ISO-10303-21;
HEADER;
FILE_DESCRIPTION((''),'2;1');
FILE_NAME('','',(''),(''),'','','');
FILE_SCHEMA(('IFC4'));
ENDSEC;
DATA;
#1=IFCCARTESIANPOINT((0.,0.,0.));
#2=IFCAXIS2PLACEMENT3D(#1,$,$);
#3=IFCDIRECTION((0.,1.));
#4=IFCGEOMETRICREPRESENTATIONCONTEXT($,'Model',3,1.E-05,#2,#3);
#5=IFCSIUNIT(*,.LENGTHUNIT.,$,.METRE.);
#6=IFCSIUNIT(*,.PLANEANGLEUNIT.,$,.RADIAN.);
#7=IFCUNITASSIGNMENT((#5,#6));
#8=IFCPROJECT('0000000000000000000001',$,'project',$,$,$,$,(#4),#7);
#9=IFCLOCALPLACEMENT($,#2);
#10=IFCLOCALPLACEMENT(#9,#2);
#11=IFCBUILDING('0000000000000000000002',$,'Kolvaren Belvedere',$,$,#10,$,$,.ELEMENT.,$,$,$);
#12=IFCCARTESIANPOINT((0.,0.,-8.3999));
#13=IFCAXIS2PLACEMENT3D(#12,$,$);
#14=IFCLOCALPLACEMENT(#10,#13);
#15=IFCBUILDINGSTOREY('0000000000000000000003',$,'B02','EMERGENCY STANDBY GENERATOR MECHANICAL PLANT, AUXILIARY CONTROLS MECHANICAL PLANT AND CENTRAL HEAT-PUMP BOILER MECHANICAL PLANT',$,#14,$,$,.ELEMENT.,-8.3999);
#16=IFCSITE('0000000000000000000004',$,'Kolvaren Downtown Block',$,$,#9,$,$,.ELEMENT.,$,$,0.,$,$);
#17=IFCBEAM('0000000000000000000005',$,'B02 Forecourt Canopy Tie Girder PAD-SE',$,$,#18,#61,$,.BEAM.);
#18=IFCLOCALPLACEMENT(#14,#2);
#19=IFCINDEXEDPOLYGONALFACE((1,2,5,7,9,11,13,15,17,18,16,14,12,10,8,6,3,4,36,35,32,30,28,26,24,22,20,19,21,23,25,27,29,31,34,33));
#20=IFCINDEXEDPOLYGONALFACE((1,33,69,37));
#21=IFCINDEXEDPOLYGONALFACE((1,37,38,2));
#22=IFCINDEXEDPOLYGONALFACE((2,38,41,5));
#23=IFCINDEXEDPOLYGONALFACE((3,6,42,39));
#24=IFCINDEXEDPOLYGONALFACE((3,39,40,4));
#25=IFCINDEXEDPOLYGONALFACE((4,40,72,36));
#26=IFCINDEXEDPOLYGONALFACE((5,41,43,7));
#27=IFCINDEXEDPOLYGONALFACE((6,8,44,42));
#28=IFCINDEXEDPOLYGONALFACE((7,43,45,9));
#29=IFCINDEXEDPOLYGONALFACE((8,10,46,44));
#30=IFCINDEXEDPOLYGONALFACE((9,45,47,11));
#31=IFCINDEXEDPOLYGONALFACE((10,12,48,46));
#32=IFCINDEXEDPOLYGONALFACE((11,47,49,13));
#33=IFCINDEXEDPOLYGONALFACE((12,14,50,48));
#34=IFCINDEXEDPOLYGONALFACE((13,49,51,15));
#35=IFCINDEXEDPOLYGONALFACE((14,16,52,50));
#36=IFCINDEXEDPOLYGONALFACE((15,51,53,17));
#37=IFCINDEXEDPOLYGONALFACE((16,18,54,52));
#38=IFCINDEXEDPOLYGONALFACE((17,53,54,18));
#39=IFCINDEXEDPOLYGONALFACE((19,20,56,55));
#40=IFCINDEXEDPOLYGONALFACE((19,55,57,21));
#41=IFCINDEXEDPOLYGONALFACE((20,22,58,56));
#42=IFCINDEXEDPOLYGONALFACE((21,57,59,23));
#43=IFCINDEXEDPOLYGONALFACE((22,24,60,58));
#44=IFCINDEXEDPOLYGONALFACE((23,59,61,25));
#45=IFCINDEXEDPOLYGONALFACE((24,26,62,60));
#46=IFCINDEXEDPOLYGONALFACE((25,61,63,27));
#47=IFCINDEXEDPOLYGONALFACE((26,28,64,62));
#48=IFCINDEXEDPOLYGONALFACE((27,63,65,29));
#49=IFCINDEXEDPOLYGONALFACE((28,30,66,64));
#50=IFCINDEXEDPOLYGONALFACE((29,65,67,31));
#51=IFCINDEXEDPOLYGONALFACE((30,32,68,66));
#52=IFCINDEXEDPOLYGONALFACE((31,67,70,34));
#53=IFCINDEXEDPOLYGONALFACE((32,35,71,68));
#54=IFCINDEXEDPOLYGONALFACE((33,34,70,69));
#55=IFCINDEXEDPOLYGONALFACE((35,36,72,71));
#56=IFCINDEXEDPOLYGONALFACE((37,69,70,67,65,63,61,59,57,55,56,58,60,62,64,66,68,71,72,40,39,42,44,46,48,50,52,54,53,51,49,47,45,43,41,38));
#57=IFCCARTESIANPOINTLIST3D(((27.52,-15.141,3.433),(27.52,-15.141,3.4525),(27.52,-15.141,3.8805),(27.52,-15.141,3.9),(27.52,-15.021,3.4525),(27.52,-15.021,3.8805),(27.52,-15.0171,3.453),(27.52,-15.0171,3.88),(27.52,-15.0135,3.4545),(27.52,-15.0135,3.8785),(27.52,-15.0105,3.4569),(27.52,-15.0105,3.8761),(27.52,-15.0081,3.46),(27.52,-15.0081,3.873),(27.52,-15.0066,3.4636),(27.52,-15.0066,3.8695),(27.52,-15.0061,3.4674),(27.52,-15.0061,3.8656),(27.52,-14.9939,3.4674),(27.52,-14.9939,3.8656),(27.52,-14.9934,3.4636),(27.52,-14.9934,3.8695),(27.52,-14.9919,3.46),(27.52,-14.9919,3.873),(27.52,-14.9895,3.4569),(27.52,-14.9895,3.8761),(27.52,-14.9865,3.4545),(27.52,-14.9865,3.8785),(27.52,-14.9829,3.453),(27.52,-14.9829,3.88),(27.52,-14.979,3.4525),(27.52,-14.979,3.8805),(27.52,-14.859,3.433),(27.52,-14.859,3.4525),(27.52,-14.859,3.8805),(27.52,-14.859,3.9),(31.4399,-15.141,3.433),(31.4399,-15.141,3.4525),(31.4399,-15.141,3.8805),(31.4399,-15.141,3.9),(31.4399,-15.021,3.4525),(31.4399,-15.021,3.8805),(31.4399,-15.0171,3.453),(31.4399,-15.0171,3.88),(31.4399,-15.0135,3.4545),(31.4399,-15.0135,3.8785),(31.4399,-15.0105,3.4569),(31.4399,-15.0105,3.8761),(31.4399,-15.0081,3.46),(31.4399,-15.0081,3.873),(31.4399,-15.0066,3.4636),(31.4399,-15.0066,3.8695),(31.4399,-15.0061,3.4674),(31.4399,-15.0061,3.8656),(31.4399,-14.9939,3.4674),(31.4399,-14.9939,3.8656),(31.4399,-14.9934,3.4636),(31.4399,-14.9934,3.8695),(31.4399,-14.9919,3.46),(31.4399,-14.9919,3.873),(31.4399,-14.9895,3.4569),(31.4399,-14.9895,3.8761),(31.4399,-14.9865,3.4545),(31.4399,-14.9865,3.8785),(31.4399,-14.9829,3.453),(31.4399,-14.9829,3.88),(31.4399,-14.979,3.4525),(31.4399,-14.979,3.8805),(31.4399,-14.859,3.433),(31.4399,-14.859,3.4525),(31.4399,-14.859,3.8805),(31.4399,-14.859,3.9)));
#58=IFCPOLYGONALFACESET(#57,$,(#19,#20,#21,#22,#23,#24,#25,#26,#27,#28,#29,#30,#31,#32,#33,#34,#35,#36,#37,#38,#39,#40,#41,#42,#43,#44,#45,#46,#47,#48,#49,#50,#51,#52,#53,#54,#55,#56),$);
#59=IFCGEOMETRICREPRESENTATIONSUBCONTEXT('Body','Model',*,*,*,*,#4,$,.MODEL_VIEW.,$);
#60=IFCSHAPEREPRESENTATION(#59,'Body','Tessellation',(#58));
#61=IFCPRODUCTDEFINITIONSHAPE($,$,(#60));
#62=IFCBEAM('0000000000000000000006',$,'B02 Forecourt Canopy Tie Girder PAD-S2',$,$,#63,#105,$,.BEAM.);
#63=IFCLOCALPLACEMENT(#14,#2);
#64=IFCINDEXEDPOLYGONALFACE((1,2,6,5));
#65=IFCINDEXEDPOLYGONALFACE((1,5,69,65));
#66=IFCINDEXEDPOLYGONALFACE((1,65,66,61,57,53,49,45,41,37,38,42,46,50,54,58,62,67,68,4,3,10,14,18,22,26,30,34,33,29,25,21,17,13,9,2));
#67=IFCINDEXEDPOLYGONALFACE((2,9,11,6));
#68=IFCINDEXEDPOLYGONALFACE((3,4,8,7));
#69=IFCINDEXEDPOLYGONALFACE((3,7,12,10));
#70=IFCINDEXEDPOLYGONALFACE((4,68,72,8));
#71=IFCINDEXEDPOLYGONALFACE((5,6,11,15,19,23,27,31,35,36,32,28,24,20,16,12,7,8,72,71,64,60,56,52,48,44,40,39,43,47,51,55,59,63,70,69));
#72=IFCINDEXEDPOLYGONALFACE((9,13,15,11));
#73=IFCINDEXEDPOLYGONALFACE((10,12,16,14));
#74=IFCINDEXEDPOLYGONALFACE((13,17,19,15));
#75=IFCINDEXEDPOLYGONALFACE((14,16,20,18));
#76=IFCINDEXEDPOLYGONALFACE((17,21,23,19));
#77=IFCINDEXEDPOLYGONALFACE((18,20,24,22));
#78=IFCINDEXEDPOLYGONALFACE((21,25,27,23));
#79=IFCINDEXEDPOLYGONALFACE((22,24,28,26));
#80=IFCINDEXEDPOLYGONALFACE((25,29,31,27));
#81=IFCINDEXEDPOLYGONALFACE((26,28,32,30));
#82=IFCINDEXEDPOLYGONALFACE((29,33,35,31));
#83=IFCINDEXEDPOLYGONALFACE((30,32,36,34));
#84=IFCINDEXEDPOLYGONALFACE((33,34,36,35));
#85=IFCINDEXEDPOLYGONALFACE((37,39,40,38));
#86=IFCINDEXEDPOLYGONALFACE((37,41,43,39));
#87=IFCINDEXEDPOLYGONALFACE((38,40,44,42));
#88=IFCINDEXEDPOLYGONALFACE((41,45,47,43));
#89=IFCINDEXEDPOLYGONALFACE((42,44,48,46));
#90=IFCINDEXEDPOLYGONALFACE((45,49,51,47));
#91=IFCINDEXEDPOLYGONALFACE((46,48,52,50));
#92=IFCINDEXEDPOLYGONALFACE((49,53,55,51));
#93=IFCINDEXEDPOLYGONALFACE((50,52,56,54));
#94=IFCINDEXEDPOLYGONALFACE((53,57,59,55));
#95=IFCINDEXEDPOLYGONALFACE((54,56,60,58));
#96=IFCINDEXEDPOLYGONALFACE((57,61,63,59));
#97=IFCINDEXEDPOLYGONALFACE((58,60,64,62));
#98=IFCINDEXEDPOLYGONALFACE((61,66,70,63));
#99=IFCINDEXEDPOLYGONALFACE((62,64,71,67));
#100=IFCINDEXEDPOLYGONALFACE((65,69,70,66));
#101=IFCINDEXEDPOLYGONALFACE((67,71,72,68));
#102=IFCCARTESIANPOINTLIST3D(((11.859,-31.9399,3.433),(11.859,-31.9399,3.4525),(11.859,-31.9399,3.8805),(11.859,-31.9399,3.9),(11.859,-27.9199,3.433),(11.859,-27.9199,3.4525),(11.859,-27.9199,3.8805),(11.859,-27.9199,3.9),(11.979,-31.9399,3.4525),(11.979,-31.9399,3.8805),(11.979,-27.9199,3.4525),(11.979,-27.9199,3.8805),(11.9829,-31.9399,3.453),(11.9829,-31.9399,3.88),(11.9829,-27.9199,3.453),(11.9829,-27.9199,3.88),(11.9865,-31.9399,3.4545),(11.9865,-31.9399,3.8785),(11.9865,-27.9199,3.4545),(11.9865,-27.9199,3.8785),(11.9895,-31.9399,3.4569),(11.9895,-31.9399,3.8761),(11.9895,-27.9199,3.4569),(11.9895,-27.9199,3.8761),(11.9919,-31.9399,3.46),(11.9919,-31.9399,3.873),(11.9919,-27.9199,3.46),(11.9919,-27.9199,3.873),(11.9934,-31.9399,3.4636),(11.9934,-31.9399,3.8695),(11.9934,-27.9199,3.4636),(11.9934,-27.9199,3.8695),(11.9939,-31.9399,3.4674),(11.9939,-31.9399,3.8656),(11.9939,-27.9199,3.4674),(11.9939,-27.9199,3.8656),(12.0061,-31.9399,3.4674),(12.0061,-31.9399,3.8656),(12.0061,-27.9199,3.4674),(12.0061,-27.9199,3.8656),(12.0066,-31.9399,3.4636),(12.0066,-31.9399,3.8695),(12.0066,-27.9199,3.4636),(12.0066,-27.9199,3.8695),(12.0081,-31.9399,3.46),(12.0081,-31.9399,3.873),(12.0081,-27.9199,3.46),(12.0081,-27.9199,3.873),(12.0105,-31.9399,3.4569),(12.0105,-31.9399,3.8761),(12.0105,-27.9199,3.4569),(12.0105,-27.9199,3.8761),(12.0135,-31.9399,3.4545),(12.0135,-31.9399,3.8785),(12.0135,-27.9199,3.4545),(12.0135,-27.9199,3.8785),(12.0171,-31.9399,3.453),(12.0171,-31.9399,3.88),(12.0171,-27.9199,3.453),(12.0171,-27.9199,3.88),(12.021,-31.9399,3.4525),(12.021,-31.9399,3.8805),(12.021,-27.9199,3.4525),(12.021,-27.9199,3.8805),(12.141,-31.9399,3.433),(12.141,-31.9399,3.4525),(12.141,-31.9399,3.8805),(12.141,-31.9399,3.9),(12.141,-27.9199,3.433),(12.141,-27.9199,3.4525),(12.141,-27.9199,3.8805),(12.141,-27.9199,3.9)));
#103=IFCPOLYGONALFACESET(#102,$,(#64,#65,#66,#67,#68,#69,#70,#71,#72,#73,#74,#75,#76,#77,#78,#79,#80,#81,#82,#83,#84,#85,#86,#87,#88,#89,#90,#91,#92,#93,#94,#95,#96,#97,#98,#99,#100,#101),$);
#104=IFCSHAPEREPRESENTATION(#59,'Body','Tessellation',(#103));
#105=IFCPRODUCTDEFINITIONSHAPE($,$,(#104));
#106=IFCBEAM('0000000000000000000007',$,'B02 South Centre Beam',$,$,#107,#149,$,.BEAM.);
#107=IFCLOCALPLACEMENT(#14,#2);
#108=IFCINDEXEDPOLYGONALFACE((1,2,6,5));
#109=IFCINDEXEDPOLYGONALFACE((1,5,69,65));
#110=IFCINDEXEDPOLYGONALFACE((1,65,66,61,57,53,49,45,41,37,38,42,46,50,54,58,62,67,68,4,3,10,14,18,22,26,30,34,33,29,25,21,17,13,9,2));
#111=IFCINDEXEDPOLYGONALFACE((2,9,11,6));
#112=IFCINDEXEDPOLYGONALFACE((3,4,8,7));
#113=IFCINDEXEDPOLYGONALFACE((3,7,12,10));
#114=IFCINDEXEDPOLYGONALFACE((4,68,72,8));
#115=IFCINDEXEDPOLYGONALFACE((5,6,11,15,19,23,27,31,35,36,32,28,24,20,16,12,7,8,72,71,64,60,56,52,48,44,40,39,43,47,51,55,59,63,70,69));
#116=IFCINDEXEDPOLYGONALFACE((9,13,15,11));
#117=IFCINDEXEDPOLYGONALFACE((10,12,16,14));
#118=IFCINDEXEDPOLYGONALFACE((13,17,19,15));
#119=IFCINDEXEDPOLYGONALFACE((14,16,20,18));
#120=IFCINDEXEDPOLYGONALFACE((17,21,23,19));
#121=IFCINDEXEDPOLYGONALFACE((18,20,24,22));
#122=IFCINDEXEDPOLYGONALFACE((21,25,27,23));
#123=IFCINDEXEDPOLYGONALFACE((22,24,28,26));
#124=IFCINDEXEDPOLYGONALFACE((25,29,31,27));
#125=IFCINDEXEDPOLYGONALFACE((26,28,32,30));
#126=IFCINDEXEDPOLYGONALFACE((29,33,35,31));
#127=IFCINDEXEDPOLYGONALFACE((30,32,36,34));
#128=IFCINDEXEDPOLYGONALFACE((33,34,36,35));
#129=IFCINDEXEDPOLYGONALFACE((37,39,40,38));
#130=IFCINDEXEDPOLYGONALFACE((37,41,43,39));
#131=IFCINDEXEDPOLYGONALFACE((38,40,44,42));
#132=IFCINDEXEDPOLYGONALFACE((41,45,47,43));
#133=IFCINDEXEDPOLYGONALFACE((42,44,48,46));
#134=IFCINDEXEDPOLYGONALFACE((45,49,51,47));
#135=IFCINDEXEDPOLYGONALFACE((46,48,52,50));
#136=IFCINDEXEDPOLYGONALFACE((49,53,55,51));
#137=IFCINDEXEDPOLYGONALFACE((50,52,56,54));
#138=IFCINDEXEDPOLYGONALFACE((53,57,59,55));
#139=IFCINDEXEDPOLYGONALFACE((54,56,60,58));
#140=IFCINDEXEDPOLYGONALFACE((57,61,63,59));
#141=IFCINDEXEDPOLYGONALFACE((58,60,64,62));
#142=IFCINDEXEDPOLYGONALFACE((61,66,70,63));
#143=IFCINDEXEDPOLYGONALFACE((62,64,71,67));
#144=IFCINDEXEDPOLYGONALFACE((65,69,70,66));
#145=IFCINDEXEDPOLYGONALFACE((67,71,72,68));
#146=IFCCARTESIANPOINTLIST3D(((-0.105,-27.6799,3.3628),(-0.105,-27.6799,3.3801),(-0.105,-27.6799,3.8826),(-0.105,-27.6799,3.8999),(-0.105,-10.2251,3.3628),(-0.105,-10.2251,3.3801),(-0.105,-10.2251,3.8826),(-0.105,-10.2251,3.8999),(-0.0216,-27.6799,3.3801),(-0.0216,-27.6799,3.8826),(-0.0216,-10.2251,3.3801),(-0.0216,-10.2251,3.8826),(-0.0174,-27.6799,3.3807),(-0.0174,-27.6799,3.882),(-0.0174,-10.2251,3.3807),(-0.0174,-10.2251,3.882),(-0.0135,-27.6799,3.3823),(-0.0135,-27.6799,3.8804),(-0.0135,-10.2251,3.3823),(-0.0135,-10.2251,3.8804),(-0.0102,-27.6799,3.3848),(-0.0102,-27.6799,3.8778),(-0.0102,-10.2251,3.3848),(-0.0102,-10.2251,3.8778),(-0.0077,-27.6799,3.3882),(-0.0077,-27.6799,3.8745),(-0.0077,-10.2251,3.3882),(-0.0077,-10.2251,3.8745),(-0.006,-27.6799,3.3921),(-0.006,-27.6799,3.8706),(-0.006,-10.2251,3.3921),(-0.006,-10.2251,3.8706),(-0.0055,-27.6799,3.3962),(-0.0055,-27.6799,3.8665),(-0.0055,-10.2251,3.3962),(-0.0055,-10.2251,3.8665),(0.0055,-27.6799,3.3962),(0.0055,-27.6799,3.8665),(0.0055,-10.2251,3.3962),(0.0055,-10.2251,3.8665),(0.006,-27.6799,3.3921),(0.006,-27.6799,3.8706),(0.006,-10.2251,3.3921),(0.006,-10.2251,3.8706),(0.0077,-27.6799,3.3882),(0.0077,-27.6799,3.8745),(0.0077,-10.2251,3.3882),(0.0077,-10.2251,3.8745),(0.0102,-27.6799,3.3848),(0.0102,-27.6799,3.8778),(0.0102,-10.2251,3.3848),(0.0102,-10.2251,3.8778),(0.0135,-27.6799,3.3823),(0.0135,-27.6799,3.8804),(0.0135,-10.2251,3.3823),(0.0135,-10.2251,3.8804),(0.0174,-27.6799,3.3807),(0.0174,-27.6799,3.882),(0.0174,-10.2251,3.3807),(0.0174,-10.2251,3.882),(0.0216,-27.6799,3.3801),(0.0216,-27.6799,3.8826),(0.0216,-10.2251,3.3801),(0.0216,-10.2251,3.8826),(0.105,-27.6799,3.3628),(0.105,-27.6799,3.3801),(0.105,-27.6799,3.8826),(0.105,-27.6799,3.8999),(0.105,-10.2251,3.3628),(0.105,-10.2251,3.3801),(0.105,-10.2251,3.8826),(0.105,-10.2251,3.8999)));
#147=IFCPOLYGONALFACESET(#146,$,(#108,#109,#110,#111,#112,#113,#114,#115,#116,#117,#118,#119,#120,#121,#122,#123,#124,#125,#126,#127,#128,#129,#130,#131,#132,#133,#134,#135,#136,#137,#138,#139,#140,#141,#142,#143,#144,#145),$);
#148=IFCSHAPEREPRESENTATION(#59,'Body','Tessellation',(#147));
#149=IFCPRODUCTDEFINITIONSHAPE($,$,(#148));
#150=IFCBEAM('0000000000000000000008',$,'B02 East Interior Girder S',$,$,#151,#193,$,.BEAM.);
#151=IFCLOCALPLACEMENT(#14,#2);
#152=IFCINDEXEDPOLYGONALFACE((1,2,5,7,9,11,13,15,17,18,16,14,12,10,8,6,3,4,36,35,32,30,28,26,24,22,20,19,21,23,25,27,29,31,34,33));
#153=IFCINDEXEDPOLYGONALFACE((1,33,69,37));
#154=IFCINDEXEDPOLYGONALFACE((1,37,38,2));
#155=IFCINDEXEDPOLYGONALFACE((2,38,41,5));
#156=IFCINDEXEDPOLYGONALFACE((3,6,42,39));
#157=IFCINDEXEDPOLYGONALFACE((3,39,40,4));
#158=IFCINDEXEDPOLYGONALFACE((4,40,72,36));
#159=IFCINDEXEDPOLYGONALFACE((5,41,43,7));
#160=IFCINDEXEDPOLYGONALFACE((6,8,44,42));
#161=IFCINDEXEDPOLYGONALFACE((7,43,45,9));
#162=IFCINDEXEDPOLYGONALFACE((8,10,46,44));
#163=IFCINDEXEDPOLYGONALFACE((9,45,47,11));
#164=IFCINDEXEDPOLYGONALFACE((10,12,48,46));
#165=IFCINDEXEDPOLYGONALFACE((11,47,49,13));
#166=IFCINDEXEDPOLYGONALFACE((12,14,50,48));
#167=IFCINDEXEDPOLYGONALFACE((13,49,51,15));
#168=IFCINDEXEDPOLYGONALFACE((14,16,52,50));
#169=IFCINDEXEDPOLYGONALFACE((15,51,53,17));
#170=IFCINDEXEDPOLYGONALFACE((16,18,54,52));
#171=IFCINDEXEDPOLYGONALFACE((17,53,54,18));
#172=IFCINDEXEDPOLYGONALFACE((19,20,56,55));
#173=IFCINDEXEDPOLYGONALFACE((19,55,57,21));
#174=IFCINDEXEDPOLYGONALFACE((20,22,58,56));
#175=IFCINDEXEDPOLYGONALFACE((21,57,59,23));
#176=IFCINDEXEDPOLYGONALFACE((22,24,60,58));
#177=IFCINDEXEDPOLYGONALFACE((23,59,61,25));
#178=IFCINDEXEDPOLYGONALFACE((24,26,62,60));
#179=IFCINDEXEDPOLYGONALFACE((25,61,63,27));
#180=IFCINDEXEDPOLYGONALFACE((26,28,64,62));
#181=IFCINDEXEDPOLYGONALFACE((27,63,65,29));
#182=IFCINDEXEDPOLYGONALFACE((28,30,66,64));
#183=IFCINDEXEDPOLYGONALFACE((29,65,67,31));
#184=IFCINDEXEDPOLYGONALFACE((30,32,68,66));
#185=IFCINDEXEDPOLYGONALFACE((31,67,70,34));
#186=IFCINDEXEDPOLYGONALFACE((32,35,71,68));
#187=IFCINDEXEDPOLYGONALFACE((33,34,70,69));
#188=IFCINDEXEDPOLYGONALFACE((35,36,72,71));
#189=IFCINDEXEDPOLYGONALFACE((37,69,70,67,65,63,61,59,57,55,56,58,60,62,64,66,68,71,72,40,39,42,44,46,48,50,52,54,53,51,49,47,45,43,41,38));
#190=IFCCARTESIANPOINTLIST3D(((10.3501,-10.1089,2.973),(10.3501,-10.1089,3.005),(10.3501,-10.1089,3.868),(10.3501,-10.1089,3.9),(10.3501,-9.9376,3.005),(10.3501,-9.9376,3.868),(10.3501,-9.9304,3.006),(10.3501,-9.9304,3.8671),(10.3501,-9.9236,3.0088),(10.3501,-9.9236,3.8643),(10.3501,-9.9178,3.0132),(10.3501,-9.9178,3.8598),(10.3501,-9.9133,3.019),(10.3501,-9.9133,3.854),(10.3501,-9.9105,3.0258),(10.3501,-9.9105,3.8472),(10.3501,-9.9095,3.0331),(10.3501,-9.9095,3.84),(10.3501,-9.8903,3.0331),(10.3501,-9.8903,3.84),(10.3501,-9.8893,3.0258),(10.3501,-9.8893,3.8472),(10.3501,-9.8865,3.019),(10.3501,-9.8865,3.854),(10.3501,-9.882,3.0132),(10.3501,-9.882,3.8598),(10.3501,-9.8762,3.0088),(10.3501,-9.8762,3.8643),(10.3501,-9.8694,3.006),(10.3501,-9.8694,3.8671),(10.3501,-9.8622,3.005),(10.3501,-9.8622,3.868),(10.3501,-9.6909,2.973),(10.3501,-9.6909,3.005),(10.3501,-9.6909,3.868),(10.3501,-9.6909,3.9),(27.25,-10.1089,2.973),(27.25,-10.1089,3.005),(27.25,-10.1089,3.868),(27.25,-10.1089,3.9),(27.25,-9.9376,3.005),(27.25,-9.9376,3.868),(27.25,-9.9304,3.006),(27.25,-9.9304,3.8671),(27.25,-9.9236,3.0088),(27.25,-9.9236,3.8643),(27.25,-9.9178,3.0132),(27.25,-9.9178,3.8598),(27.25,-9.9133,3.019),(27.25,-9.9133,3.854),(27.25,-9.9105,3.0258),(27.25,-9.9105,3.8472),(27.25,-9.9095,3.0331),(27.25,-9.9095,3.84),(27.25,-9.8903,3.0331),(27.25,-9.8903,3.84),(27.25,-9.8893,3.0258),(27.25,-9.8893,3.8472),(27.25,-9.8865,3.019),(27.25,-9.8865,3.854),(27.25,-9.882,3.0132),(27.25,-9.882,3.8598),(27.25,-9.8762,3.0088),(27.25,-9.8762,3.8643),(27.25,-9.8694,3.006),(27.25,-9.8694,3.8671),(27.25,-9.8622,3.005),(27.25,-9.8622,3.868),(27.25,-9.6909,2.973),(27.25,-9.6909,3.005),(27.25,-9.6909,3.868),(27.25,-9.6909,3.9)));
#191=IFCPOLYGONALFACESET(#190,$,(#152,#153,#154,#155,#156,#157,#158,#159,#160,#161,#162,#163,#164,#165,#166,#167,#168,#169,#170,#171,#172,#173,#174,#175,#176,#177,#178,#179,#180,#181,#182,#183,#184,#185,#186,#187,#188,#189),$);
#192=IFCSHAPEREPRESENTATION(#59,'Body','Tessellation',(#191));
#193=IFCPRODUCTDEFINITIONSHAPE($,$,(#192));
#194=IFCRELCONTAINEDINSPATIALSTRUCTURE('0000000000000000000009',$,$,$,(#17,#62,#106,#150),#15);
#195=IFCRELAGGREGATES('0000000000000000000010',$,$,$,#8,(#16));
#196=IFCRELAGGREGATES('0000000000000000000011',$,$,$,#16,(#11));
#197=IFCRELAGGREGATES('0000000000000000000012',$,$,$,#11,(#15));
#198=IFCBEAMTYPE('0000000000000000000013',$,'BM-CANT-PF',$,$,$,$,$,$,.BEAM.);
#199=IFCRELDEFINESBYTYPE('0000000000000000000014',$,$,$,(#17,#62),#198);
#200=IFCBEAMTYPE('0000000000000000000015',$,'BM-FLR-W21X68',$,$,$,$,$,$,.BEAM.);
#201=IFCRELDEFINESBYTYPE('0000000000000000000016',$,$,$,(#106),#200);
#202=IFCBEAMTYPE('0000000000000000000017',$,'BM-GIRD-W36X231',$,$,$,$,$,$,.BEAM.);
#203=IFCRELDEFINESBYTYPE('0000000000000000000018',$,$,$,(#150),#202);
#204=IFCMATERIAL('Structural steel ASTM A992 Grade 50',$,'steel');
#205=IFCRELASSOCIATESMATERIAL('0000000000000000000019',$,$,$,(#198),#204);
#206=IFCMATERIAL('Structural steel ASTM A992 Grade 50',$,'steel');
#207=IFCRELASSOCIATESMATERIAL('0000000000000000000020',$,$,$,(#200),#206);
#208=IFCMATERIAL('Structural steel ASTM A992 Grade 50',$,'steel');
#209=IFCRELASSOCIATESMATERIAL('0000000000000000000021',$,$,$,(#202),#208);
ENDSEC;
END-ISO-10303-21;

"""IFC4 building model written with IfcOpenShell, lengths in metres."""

from ifc_helpers import new_model, si_unit, direction, frame, origin, origin_2d, place, context, subcontext, project, spatial, i_section, extrude, material, material_profile, profile_set, type_object, element, save


model = new_model("IFC4")

# Units and contexts
model_context = context("Model", 3, precision=1e-05, world=origin(), true_north=direction((0.0, 1.0)))
body_context = subcontext(model_context, "Body", "Model", "MODEL_VIEW")
ifc_project = project(units=[si_unit("LENGTHUNIT", "METRE"), si_unit("PLANEANGLEUNIT", "RADIAN")], contexts=[model_context])

# Site, building, storey
site_placement = place(None, origin())
site = spatial("IfcSite", under=ifc_project, at=site_placement, Name="Kolvaren Downtown Block", CompositionType="ELEMENT", RefElevation=0.0)
building_placement = place(site_placement, origin())
building = spatial("IfcBuilding", under=site, at=building_placement, Name="Kolvaren Belvedere", CompositionType="ELEMENT")
storey_placement = place(building_placement, frame((0.0, 0.0, -8.3999)))
storey = spatial("IfcBuildingStorey", under=building, at=storey_placement, Name="B02", Description="EMERGENCY STANDBY GENERATOR MECHANICAL PLANT, AUXILIARY CONTROLS MECHANICAL PLANT AND CENTRAL HEAT-PUMP BOILER MECHANICAL PLANT", CompositionType="ELEMENT", Elevation=-8.3999)

# Beams
ifc_material_1 = material(Name="Structural steel ASTM A992 Grade 50", Category="steel")
ifc_material_profile_1 = material_profile(ifc_material_1, i_section(OverallWidth=0.282, OverallDepth=0.467, WebThickness=0.0122, FlangeThickness=0.0195, FilletRadius=0.0149, at=origin_2d()), Name="W18X86")
ifc_profile_set_1 = profile_set([ifc_material_profile_1], Name="Structural steel ASTM A992 Grade 50")
beam_type_1 = type_object("IfcBeamType", Name="BM-CANT-PF", PredefinedType="BEAM", material=ifc_profile_set_1)
beam_1_placement = place(storey_placement, frame((31.4399, -15.0, 3.6665), z_axis=(-1.0, 0.0, 0.0), x_axis=(0.0, -1.0, 0.0)))
element("IfcBeam", 1, at=beam_1_placement, inside=storey, type_object=beam_type_1, Name="B02 Forecourt Canopy Tie Girder PAD-SE", PredefinedType="BEAM", context=body_context, shape_type="SweptSolid", body=[
    extrude(i_section(OverallWidth=0.282, OverallDepth=0.467, WebThickness=0.0122, FlangeThickness=0.0195, FilletRadius=0.0149, at=origin_2d()), origin(), (0.0, 0.0, 1.0), 3.9199),
])
beam_2_placement = place(storey_placement, frame((12.0, -31.9399, 3.6665), z_axis=(0.0, 1.0, 0.0), x_axis=(-1.0, 0.0, 0.0)))
element("IfcBeam", 2, at=beam_2_placement, inside=storey, type_object=beam_type_1, Name="B02 Forecourt Canopy Tie Girder PAD-S2", PredefinedType="BEAM", context=body_context, shape_type="SweptSolid", body=[
    extrude(i_section(OverallWidth=0.282, OverallDepth=0.467, WebThickness=0.0122, FlangeThickness=0.0195, FilletRadius=0.0149, at=origin_2d()), origin(), (0.0, 0.0, 1.0), 4.02),
])
ifc_material_2 = material(Name="Structural steel ASTM A992 Grade 50", Category="steel")
ifc_material_profile_2 = material_profile(ifc_material_2, i_section(OverallWidth=0.21, OverallDepth=0.5371, WebThickness=0.011, FlangeThickness=0.0173, FilletRadius=0.0161, at=origin_2d()), Name="W21X68")
ifc_profile_set_2 = profile_set([ifc_material_profile_2], Name="Structural steel ASTM A992 Grade 50")
beam_type_2 = type_object("IfcBeamType", Name="BM-FLR-W21X68", PredefinedType="BEAM", material=ifc_profile_set_2)
beam_3_placement = place(storey_placement, frame((0.0, -10.2251, 3.6313), z_axis=(0.0, -1.0, 0.0), x_axis=(1.0, 0.0, 0.0)))
element("IfcBeam", 3, at=beam_3_placement, inside=storey, type_object=beam_type_2, Name="B02 South Centre Beam", PredefinedType="BEAM", context=body_context, shape_type="SweptSolid", body=[
    extrude(i_section(OverallWidth=0.21, OverallDepth=0.5371, WebThickness=0.011, FlangeThickness=0.0173, FilletRadius=0.0161, at=origin_2d()), origin(), (0.0, 0.0, 1.0), 17.4548),
])
ifc_material_3 = material(Name="Structural steel ASTM A992 Grade 50", Category="steel")
ifc_material_profile_3 = material_profile(ifc_material_3, i_section(OverallWidth=0.418, OverallDepth=0.927, WebThickness=0.0193, FlangeThickness=0.032, FilletRadius=0.0281, at=origin_2d()), Name="W36X231")
ifc_profile_set_3 = profile_set([ifc_material_profile_3], Name="Structural steel ASTM A992 Grade 50")
beam_type_3 = type_object("IfcBeamType", Name="BM-GIRD-W36X231", PredefinedType="BEAM", material=ifc_profile_set_3)
beam_4_placement = place(storey_placement, frame((10.3501, -9.8999, 3.4365), z_axis=(1.0, 0.0, 0.0), x_axis=(0.0, 1.0, 0.0)))
element("IfcBeam", 4, at=beam_4_placement, inside=storey, type_object=beam_type_3, Name="B02 East Interior Girder S", PredefinedType="BEAM", context=body_context, shape_type="SweptSolid", body=[
    extrude(i_section(OverallWidth=0.418, OverallDepth=0.927, WebThickness=0.0193, FlangeThickness=0.032, FilletRadius=0.0281, at=origin_2d()), origin(), (0.0, 0.0, 1.0), 16.8999),
])

save(model, "model.ifc")
